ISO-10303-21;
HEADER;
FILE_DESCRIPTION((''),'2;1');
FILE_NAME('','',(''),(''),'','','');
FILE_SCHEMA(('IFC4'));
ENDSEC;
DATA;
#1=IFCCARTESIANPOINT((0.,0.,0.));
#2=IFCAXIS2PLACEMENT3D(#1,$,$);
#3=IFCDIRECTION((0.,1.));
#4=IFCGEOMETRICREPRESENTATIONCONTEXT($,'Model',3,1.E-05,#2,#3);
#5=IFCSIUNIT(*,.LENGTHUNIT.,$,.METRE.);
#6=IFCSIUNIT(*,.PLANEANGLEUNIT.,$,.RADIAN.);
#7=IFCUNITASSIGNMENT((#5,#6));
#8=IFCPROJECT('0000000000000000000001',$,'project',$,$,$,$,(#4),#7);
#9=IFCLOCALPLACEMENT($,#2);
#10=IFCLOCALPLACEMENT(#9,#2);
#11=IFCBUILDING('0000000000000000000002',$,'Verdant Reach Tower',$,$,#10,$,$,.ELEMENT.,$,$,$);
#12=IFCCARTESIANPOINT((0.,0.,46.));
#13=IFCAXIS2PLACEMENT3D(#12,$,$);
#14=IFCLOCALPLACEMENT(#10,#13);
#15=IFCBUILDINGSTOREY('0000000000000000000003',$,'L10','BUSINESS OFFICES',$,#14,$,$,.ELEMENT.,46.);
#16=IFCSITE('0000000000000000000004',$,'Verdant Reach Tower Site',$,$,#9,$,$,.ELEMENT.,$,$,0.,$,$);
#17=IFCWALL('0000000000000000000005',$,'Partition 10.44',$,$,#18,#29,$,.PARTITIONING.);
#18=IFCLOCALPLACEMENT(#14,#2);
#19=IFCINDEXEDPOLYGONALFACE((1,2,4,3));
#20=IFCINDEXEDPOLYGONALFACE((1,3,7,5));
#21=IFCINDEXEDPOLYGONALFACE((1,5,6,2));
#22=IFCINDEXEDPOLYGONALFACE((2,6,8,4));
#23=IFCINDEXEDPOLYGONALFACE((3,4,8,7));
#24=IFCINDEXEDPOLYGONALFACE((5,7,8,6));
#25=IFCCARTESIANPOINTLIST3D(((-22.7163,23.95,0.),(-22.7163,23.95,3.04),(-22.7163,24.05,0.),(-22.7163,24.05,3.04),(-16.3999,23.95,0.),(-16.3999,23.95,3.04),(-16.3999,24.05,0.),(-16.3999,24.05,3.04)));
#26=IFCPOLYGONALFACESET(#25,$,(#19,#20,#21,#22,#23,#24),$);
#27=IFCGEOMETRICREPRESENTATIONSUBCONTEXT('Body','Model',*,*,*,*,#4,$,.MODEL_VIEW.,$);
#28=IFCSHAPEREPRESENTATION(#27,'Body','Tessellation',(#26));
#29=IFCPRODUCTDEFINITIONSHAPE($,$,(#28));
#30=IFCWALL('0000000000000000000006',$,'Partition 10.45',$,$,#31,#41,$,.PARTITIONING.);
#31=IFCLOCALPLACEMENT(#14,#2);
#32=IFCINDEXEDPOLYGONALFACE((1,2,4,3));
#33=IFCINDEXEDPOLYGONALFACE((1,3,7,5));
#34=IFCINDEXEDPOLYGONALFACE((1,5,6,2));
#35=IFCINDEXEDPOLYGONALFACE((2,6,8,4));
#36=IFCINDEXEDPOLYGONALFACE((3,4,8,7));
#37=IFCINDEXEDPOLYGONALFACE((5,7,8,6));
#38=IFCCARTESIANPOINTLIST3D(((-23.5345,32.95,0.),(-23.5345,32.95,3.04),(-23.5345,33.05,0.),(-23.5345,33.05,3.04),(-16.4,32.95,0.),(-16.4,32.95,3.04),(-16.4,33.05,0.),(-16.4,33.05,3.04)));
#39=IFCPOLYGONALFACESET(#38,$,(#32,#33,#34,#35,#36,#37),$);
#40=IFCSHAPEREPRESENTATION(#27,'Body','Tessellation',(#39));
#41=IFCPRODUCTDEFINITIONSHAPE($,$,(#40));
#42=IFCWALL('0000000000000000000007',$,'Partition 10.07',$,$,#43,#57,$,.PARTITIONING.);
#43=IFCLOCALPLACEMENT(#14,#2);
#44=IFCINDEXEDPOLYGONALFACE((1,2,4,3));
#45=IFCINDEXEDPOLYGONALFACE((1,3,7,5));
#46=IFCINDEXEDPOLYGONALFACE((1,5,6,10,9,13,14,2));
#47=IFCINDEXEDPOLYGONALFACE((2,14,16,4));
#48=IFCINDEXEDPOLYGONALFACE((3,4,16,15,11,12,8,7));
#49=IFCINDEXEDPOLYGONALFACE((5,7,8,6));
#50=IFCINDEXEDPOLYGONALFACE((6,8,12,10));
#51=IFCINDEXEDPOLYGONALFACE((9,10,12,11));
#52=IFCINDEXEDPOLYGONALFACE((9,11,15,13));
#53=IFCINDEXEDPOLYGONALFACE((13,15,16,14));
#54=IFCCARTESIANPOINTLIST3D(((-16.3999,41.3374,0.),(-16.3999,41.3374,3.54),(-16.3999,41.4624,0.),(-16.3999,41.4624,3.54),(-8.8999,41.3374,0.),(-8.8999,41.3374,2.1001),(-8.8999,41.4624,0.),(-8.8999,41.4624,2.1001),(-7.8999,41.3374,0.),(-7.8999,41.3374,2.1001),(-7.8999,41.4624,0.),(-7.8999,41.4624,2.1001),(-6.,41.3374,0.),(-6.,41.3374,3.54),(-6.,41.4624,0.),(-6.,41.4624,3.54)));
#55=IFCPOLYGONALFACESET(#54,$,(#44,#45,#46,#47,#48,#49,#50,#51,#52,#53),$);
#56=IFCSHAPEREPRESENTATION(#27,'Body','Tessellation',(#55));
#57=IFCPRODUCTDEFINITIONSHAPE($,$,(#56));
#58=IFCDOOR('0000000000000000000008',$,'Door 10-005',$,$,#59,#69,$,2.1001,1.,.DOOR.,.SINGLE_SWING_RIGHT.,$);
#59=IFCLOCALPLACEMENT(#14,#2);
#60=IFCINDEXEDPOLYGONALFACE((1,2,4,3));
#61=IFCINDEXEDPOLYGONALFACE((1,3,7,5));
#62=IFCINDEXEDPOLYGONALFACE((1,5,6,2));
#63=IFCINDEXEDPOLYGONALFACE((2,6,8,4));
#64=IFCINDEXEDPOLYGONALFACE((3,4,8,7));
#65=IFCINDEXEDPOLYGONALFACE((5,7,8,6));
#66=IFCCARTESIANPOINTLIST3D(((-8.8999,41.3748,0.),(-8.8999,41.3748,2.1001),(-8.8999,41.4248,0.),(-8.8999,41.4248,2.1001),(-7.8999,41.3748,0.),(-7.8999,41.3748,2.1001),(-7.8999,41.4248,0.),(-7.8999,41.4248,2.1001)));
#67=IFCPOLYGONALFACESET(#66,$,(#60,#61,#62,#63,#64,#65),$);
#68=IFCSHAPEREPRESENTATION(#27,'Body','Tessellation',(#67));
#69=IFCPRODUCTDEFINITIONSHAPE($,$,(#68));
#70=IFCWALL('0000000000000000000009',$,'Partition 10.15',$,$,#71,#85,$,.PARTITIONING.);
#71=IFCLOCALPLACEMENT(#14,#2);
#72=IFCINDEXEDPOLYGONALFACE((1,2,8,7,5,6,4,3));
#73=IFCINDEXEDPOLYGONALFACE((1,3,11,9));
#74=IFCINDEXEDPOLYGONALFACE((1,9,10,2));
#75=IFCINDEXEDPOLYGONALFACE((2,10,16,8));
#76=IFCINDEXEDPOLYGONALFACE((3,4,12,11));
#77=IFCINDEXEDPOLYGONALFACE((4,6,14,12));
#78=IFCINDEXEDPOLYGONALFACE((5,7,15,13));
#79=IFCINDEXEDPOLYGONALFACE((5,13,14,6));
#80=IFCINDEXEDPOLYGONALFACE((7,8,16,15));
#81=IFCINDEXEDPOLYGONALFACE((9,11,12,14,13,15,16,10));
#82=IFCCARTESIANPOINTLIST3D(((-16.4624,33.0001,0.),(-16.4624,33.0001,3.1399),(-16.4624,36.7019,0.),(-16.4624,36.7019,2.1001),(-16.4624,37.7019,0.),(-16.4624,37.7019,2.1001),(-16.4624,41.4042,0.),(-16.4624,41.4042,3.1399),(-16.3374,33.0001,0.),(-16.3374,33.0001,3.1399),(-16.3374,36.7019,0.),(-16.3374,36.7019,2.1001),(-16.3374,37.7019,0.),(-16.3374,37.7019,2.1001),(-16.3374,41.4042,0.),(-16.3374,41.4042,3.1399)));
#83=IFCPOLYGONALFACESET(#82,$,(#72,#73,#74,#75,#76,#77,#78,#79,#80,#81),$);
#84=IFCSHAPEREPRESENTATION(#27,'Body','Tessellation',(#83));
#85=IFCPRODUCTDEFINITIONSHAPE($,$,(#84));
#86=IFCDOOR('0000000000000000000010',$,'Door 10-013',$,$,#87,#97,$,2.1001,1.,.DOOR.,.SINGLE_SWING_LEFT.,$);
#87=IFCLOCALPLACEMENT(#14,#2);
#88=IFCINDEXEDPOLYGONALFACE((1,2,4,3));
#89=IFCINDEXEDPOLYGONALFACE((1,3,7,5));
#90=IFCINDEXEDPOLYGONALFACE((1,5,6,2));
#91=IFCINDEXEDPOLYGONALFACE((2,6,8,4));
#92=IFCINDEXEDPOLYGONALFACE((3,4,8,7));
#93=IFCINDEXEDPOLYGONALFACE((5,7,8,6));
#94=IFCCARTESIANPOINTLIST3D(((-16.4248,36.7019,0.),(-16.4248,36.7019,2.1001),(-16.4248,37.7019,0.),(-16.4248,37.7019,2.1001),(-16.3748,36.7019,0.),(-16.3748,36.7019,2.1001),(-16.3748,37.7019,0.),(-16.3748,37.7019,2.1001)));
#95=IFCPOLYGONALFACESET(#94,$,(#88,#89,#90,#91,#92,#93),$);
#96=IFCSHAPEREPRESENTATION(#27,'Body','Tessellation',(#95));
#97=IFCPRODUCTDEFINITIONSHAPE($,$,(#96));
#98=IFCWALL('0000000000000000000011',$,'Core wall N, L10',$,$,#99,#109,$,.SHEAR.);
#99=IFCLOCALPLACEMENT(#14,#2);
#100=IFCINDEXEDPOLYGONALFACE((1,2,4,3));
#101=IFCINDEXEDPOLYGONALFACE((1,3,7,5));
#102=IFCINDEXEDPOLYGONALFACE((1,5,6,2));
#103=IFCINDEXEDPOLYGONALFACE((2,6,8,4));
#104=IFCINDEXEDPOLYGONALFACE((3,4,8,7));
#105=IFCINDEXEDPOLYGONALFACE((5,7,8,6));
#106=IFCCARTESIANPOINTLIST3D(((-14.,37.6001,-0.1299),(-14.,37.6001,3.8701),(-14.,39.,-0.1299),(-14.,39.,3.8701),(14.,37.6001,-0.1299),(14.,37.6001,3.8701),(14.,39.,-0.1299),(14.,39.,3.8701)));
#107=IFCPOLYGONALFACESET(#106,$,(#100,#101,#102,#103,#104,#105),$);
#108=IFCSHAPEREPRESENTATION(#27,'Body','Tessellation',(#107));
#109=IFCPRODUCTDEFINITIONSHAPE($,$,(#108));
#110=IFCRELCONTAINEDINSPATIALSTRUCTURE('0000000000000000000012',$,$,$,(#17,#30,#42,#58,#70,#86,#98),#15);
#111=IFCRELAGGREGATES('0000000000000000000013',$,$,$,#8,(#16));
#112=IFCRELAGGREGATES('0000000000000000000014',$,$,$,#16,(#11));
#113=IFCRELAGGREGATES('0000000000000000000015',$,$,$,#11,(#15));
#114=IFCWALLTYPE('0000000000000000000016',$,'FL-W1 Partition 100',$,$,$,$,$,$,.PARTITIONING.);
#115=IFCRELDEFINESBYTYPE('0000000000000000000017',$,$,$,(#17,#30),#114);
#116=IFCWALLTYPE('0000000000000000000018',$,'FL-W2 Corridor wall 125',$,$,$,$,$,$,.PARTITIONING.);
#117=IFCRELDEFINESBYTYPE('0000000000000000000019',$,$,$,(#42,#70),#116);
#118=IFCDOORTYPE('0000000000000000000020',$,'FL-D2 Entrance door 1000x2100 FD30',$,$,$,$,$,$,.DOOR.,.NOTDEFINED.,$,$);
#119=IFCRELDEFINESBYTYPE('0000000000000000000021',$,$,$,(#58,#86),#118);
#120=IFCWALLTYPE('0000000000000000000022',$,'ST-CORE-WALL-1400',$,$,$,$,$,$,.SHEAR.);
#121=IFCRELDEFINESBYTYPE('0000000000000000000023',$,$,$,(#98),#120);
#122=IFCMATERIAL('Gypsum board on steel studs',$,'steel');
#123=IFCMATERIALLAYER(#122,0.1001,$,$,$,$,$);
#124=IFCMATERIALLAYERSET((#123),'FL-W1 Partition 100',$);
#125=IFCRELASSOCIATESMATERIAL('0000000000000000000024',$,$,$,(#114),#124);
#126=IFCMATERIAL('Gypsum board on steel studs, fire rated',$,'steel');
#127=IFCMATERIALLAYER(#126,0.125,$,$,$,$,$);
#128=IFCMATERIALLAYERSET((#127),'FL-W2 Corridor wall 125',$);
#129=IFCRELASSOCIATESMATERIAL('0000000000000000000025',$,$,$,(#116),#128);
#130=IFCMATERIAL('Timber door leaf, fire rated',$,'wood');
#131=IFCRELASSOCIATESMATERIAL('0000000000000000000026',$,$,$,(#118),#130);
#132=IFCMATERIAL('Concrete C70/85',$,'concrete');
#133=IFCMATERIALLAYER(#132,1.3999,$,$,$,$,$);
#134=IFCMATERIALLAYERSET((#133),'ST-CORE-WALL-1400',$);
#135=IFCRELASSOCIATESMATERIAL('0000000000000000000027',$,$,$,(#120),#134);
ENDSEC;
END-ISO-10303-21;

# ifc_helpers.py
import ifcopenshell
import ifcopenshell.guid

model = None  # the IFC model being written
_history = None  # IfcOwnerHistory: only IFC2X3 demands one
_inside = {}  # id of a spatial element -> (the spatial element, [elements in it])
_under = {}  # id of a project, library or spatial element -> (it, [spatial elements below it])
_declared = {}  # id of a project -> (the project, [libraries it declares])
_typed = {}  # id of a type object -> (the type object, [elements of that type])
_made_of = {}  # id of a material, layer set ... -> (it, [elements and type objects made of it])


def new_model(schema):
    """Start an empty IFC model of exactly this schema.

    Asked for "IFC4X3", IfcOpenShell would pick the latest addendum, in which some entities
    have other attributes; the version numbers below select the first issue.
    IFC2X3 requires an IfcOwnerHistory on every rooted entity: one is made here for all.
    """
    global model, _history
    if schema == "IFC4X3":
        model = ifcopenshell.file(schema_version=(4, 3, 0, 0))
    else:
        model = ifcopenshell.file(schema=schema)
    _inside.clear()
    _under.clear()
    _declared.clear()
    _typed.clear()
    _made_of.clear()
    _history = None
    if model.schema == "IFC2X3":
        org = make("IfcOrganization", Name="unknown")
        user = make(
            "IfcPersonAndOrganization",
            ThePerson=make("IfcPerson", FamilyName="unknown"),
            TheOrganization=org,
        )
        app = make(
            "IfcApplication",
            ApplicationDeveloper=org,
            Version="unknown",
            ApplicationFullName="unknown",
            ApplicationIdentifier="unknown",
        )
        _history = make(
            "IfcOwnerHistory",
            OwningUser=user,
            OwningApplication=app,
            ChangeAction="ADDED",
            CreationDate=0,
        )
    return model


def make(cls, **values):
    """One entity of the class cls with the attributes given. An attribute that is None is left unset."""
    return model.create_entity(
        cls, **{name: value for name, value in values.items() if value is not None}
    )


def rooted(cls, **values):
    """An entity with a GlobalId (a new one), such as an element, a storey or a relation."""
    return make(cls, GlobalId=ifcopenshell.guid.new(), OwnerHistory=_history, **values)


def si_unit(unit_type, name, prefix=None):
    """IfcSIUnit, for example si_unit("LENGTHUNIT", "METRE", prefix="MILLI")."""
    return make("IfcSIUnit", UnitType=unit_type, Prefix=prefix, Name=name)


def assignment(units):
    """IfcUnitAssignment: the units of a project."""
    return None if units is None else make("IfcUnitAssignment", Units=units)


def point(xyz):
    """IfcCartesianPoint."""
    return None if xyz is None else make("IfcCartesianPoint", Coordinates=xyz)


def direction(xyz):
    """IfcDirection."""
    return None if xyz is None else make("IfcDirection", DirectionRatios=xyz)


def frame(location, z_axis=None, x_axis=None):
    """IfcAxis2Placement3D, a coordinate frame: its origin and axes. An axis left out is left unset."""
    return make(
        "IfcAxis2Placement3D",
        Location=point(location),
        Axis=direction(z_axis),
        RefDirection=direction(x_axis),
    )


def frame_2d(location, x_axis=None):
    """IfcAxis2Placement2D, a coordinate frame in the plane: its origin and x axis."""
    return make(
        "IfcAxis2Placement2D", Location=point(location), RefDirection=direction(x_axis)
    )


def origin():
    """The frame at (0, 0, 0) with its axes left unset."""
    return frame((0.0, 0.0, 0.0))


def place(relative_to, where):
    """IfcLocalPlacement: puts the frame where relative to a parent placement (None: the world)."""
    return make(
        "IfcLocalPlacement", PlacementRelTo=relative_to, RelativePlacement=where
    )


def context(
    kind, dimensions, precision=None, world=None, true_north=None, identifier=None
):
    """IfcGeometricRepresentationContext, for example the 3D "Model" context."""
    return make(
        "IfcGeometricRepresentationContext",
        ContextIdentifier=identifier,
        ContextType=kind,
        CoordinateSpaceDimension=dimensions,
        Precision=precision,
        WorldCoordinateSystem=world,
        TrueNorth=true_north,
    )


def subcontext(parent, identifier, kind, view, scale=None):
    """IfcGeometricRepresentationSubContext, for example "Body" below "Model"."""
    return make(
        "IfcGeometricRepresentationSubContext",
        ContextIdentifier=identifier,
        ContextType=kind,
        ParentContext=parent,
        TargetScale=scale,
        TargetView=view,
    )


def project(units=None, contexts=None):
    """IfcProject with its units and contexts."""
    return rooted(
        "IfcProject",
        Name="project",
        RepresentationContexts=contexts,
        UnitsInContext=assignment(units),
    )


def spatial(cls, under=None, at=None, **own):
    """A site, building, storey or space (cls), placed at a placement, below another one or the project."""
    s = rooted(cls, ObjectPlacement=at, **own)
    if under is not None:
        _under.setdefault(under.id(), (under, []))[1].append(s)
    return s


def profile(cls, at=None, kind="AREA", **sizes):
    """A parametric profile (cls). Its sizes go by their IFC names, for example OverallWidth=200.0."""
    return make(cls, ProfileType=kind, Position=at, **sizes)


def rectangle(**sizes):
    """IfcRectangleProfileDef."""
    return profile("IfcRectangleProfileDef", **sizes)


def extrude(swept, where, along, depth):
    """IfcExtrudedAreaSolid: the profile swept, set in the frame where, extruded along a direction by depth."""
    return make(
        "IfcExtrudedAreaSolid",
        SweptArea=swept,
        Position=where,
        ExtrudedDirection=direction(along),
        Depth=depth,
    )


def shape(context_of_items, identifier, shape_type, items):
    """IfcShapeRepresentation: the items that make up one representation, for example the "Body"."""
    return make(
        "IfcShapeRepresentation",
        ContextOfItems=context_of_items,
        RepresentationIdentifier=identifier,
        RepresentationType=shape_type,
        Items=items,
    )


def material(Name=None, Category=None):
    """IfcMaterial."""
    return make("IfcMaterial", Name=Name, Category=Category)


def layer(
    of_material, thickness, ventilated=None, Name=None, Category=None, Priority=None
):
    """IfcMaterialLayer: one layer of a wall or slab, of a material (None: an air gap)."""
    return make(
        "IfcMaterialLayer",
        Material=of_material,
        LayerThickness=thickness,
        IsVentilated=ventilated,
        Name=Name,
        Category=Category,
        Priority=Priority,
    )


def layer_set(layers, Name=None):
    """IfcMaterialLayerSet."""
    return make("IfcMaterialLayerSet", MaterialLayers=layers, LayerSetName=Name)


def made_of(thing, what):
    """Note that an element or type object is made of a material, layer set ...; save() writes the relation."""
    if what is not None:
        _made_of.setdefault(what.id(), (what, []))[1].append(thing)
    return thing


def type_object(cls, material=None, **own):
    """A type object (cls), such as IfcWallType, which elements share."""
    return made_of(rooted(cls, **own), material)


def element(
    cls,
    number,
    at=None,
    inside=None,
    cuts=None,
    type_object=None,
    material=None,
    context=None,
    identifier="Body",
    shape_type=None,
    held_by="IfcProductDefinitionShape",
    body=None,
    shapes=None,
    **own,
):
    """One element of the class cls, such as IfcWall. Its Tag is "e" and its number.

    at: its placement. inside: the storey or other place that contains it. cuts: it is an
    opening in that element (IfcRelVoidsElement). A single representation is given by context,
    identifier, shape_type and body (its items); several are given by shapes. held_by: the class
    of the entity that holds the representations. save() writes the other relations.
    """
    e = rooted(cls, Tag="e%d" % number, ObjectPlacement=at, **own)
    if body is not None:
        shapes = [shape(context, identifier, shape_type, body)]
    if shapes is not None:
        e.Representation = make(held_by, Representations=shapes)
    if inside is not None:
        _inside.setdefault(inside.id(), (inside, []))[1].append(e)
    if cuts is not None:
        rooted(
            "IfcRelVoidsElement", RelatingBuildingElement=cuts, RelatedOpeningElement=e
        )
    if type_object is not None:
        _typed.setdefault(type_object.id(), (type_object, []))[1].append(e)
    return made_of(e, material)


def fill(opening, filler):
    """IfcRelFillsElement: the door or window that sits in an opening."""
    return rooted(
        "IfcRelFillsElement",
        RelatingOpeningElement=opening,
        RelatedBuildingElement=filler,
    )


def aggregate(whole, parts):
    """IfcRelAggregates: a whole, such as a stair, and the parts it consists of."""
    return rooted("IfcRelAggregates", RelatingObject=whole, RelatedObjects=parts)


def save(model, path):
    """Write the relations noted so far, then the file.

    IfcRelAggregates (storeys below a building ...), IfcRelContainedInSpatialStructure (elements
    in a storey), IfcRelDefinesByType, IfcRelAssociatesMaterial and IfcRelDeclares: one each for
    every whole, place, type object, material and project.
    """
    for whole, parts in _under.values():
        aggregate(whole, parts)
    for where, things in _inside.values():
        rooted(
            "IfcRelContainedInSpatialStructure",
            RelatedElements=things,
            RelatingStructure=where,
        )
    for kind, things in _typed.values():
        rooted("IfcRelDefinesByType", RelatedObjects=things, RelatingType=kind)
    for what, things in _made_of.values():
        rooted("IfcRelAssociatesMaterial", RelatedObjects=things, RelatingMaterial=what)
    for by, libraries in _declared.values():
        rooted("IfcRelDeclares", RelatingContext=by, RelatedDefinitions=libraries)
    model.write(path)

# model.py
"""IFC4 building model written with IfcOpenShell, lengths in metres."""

from ifc_helpers import new_model, si_unit, direction, frame, frame_2d, origin, place, context, subcontext, project, spatial, rectangle, extrude, material, layer, layer_set, type_object, element, fill, save


model = new_model("IFC4")

# Units and contexts
model_context = context("Model", 3, precision=1e-05, world=origin(), true_north=direction((0.0, 1.0)))
body_context = subcontext(model_context, "Body", "Model", "MODEL_VIEW")
ifc_project = project(units=[si_unit("LENGTHUNIT", "METRE"), si_unit("PLANEANGLEUNIT", "RADIAN")], contexts=[model_context])

# Site, building, storey
site_placement = place(None, origin())
site = spatial("IfcSite", under=ifc_project, at=site_placement, Name="Verdant Reach Tower Site", CompositionType="ELEMENT", RefElevation=0.0)
building_placement = place(site_placement, origin())
building = spatial("IfcBuilding", under=site, at=building_placement, Name="Verdant Reach Tower", CompositionType="ELEMENT")
storey_placement = place(building_placement, frame((0.0, 0.0, 46.0)))
storey = spatial("IfcBuildingStorey", under=building, at=storey_placement, Name="L10", Description="BUSINESS OFFICES", CompositionType="ELEMENT", Elevation=46.0)

# Walls
ifc_material_1 = material(Name="Gypsum board on steel studs", Category="steel")
ifc_layer_1 = layer(ifc_material_1, 0.1001)
ifc_layer_set_1 = layer_set([ifc_layer_1], Name="FL-W1 Partition 100")
wall_type_1 = type_object("IfcWallType", Name="FL-W1 Partition 100", PredefinedType="PARTITIONING", material=ifc_layer_set_1)
wall_1_placement = place(storey_placement, frame((-16.3999, 24.0, 0.0), z_axis=(0.0, 0.0, 1.0), x_axis=(-1.0, 0.0, 0.0)))
element("IfcWall", 1, at=wall_1_placement, inside=storey, type_object=wall_type_1, Name="Partition 10.44", PredefinedType="PARTITIONING", context=body_context, shape_type="SweptSolid", body=[
    extrude(rectangle(XDim=6.3164, YDim=0.1001, at=frame_2d((3.1582, 0.0))), origin(), (0.0, 0.0, 1.0), 3.04),
])
wall_2_placement = place(storey_placement, frame((-16.3999, 33.0, 0.0), z_axis=(0.0, 0.0, 1.0), x_axis=(-1.0, 0.0, 0.0)))
element("IfcWall", 2, at=wall_2_placement, inside=storey, type_object=wall_type_1, Name="Partition 10.45", PredefinedType="PARTITIONING", context=body_context, shape_type="SweptSolid", body=[
    extrude(rectangle(XDim=7.1345, YDim=0.1001, at=frame_2d((3.5674, 0.0))), origin(), (0.0, 0.0, 1.0), 3.04),
])

# Walls, openings, doors
ifc_material_2 = material(Name="Gypsum board on steel studs, fire rated", Category="steel")
ifc_layer_2 = layer(ifc_material_2, 0.125)
ifc_layer_set_2 = layer_set([ifc_layer_2], Name="FL-W2 Corridor wall 125")
wall_type_2 = type_object("IfcWallType", Name="FL-W2 Corridor wall 125", PredefinedType="PARTITIONING", material=ifc_layer_set_2)
wall_3_placement = place(storey_placement, frame((-16.3999, 41.3999, 0.0), z_axis=(0.0, 0.0, 1.0), x_axis=(1.0, 0.0, 0.0)))
wall_3 = element("IfcWall", 3, at=wall_3_placement, inside=storey, type_object=wall_type_2, Name="Partition 10.07", PredefinedType="PARTITIONING", context=body_context, shape_type="SweptSolid", body=[
    extrude(rectangle(XDim=10.3999, YDim=0.125, at=frame_2d((5.2, 0.0))), origin(), (0.0, 0.0, 1.0), 3.54),
])
opening_1_placement = place(wall_3_placement, frame((7.5, 0.0, 0.0)))
opening_1 = element("IfcOpeningElement", 4, at=opening_1_placement, cuts=wall_3, PredefinedType="OPENING", context=body_context, shape_type="SweptSolid", body=[
    extrude(rectangle(XDim=1.0, YDim=2.1001, at=frame_2d((0.5, 1.05))), frame((0.0, 0.0725, 0.0), z_axis=(0.0, -1.0, 0.0), x_axis=(1.0, 0.0, 0.0)), (0.0, 0.0, 1.0), 0.145),
])
ifc_material_3 = material(Name="Timber door leaf, fire rated", Category="wood")
door_type_1 = type_object("IfcDoorType", Name="FL-D2 Entrance door 1000x2100 FD30", OperationType="NOTDEFINED", PredefinedType="DOOR", material=ifc_material_3)
door_1_placement = place(opening_1_placement, origin())
door_1 = element("IfcDoor", 5, at=door_1_placement, inside=storey, type_object=door_type_1, Name="Door 10-005", OperationType="SINGLE_SWING_RIGHT", OverallHeight=2.1001, OverallWidth=1.0, PredefinedType="DOOR", context=body_context, shape_type="SweptSolid", body=[
    extrude(rectangle(XDim=1.0, YDim=2.1001, at=frame_2d((0.5, 1.05))), frame((0.0, 0.0249, 0.0), z_axis=(0.0, -1.0, 0.0), x_axis=(1.0, 0.0, 0.0)), (0.0, 0.0, 1.0), 0.05),
])
fill(opening_1, door_1)
wall_4_placement = place(storey_placement, frame((-16.3999, 33.0, 0.0), z_axis=(0.0, 0.0, 1.0), x_axis=(0.0, 1.0, 0.0)))
wall_4 = element("IfcWall", 6, at=wall_4_placement, inside=storey, type_object=wall_type_2, Name="Partition 10.15", PredefinedType="PARTITIONING", context=body_context, shape_type="SweptSolid", body=[
    extrude(rectangle(XDim=8.4041, YDim=0.125, at=frame_2d((4.2021, 0.0))), origin(), (0.0, 0.0, 1.0), 3.1399),
])
opening_2_placement = place(wall_4_placement, frame((3.7019, 0.0, 0.0)))
opening_2 = element("IfcOpeningElement", 7, at=opening_2_placement, cuts=wall_4, PredefinedType="OPENING", context=body_context, shape_type="SweptSolid", body=[
    extrude(rectangle(XDim=1.0, YDim=2.1001, at=frame_2d((0.5, 1.05))), frame((0.0, 0.0725, 0.0), z_axis=(0.0, -1.0, 0.0), x_axis=(1.0, 0.0, 0.0)), (0.0, 0.0, 1.0), 0.145),
])
door_2_placement = place(opening_2_placement, origin())
door_2 = element("IfcDoor", 8, at=door_2_placement, inside=storey, type_object=door_type_1, Name="Door 10-013", OperationType="SINGLE_SWING_LEFT", OverallHeight=2.1001, OverallWidth=1.0, PredefinedType="DOOR", context=body_context, shape_type="SweptSolid", body=[
    extrude(rectangle(XDim=1.0, YDim=2.1001, at=frame_2d((0.5, 1.05))), frame((0.0, 0.0249, 0.0), z_axis=(0.0, -1.0, 0.0), x_axis=(1.0, 0.0, 0.0)), (0.0, 0.0, 1.0), 0.05),
])
fill(opening_2, door_2)

# Wall
ifc_material_4 = material(Name="Concrete C70/85", Category="concrete")
ifc_layer_3 = layer(ifc_material_4, 1.3999)
ifc_layer_set_3 = layer_set([ifc_layer_3], Name="ST-CORE-WALL-1400")
wall_type_3 = type_object("IfcWallType", Name="ST-CORE-WALL-1400", PredefinedType="SHEAR", material=ifc_layer_set_3)
wall_5_placement = place(storey_placement, frame((-14.0, 38.3, -0.1299), z_axis=(0.0, 0.0, 1.0), x_axis=(1.0, 0.0, 0.0)))
element("IfcWall", 9, at=wall_5_placement, inside=storey, type_object=wall_type_3, Name="Core wall N, L10", PredefinedType="SHEAR", context=body_context, shape_type="SweptSolid", body=[
    extrude(rectangle(XDim=28.0, YDim=1.3999, at=frame_2d((14.0, 0.0))), origin(), (0.0, 0.0, 1.0), 4.0),
])

save(model, "model.ifc")
